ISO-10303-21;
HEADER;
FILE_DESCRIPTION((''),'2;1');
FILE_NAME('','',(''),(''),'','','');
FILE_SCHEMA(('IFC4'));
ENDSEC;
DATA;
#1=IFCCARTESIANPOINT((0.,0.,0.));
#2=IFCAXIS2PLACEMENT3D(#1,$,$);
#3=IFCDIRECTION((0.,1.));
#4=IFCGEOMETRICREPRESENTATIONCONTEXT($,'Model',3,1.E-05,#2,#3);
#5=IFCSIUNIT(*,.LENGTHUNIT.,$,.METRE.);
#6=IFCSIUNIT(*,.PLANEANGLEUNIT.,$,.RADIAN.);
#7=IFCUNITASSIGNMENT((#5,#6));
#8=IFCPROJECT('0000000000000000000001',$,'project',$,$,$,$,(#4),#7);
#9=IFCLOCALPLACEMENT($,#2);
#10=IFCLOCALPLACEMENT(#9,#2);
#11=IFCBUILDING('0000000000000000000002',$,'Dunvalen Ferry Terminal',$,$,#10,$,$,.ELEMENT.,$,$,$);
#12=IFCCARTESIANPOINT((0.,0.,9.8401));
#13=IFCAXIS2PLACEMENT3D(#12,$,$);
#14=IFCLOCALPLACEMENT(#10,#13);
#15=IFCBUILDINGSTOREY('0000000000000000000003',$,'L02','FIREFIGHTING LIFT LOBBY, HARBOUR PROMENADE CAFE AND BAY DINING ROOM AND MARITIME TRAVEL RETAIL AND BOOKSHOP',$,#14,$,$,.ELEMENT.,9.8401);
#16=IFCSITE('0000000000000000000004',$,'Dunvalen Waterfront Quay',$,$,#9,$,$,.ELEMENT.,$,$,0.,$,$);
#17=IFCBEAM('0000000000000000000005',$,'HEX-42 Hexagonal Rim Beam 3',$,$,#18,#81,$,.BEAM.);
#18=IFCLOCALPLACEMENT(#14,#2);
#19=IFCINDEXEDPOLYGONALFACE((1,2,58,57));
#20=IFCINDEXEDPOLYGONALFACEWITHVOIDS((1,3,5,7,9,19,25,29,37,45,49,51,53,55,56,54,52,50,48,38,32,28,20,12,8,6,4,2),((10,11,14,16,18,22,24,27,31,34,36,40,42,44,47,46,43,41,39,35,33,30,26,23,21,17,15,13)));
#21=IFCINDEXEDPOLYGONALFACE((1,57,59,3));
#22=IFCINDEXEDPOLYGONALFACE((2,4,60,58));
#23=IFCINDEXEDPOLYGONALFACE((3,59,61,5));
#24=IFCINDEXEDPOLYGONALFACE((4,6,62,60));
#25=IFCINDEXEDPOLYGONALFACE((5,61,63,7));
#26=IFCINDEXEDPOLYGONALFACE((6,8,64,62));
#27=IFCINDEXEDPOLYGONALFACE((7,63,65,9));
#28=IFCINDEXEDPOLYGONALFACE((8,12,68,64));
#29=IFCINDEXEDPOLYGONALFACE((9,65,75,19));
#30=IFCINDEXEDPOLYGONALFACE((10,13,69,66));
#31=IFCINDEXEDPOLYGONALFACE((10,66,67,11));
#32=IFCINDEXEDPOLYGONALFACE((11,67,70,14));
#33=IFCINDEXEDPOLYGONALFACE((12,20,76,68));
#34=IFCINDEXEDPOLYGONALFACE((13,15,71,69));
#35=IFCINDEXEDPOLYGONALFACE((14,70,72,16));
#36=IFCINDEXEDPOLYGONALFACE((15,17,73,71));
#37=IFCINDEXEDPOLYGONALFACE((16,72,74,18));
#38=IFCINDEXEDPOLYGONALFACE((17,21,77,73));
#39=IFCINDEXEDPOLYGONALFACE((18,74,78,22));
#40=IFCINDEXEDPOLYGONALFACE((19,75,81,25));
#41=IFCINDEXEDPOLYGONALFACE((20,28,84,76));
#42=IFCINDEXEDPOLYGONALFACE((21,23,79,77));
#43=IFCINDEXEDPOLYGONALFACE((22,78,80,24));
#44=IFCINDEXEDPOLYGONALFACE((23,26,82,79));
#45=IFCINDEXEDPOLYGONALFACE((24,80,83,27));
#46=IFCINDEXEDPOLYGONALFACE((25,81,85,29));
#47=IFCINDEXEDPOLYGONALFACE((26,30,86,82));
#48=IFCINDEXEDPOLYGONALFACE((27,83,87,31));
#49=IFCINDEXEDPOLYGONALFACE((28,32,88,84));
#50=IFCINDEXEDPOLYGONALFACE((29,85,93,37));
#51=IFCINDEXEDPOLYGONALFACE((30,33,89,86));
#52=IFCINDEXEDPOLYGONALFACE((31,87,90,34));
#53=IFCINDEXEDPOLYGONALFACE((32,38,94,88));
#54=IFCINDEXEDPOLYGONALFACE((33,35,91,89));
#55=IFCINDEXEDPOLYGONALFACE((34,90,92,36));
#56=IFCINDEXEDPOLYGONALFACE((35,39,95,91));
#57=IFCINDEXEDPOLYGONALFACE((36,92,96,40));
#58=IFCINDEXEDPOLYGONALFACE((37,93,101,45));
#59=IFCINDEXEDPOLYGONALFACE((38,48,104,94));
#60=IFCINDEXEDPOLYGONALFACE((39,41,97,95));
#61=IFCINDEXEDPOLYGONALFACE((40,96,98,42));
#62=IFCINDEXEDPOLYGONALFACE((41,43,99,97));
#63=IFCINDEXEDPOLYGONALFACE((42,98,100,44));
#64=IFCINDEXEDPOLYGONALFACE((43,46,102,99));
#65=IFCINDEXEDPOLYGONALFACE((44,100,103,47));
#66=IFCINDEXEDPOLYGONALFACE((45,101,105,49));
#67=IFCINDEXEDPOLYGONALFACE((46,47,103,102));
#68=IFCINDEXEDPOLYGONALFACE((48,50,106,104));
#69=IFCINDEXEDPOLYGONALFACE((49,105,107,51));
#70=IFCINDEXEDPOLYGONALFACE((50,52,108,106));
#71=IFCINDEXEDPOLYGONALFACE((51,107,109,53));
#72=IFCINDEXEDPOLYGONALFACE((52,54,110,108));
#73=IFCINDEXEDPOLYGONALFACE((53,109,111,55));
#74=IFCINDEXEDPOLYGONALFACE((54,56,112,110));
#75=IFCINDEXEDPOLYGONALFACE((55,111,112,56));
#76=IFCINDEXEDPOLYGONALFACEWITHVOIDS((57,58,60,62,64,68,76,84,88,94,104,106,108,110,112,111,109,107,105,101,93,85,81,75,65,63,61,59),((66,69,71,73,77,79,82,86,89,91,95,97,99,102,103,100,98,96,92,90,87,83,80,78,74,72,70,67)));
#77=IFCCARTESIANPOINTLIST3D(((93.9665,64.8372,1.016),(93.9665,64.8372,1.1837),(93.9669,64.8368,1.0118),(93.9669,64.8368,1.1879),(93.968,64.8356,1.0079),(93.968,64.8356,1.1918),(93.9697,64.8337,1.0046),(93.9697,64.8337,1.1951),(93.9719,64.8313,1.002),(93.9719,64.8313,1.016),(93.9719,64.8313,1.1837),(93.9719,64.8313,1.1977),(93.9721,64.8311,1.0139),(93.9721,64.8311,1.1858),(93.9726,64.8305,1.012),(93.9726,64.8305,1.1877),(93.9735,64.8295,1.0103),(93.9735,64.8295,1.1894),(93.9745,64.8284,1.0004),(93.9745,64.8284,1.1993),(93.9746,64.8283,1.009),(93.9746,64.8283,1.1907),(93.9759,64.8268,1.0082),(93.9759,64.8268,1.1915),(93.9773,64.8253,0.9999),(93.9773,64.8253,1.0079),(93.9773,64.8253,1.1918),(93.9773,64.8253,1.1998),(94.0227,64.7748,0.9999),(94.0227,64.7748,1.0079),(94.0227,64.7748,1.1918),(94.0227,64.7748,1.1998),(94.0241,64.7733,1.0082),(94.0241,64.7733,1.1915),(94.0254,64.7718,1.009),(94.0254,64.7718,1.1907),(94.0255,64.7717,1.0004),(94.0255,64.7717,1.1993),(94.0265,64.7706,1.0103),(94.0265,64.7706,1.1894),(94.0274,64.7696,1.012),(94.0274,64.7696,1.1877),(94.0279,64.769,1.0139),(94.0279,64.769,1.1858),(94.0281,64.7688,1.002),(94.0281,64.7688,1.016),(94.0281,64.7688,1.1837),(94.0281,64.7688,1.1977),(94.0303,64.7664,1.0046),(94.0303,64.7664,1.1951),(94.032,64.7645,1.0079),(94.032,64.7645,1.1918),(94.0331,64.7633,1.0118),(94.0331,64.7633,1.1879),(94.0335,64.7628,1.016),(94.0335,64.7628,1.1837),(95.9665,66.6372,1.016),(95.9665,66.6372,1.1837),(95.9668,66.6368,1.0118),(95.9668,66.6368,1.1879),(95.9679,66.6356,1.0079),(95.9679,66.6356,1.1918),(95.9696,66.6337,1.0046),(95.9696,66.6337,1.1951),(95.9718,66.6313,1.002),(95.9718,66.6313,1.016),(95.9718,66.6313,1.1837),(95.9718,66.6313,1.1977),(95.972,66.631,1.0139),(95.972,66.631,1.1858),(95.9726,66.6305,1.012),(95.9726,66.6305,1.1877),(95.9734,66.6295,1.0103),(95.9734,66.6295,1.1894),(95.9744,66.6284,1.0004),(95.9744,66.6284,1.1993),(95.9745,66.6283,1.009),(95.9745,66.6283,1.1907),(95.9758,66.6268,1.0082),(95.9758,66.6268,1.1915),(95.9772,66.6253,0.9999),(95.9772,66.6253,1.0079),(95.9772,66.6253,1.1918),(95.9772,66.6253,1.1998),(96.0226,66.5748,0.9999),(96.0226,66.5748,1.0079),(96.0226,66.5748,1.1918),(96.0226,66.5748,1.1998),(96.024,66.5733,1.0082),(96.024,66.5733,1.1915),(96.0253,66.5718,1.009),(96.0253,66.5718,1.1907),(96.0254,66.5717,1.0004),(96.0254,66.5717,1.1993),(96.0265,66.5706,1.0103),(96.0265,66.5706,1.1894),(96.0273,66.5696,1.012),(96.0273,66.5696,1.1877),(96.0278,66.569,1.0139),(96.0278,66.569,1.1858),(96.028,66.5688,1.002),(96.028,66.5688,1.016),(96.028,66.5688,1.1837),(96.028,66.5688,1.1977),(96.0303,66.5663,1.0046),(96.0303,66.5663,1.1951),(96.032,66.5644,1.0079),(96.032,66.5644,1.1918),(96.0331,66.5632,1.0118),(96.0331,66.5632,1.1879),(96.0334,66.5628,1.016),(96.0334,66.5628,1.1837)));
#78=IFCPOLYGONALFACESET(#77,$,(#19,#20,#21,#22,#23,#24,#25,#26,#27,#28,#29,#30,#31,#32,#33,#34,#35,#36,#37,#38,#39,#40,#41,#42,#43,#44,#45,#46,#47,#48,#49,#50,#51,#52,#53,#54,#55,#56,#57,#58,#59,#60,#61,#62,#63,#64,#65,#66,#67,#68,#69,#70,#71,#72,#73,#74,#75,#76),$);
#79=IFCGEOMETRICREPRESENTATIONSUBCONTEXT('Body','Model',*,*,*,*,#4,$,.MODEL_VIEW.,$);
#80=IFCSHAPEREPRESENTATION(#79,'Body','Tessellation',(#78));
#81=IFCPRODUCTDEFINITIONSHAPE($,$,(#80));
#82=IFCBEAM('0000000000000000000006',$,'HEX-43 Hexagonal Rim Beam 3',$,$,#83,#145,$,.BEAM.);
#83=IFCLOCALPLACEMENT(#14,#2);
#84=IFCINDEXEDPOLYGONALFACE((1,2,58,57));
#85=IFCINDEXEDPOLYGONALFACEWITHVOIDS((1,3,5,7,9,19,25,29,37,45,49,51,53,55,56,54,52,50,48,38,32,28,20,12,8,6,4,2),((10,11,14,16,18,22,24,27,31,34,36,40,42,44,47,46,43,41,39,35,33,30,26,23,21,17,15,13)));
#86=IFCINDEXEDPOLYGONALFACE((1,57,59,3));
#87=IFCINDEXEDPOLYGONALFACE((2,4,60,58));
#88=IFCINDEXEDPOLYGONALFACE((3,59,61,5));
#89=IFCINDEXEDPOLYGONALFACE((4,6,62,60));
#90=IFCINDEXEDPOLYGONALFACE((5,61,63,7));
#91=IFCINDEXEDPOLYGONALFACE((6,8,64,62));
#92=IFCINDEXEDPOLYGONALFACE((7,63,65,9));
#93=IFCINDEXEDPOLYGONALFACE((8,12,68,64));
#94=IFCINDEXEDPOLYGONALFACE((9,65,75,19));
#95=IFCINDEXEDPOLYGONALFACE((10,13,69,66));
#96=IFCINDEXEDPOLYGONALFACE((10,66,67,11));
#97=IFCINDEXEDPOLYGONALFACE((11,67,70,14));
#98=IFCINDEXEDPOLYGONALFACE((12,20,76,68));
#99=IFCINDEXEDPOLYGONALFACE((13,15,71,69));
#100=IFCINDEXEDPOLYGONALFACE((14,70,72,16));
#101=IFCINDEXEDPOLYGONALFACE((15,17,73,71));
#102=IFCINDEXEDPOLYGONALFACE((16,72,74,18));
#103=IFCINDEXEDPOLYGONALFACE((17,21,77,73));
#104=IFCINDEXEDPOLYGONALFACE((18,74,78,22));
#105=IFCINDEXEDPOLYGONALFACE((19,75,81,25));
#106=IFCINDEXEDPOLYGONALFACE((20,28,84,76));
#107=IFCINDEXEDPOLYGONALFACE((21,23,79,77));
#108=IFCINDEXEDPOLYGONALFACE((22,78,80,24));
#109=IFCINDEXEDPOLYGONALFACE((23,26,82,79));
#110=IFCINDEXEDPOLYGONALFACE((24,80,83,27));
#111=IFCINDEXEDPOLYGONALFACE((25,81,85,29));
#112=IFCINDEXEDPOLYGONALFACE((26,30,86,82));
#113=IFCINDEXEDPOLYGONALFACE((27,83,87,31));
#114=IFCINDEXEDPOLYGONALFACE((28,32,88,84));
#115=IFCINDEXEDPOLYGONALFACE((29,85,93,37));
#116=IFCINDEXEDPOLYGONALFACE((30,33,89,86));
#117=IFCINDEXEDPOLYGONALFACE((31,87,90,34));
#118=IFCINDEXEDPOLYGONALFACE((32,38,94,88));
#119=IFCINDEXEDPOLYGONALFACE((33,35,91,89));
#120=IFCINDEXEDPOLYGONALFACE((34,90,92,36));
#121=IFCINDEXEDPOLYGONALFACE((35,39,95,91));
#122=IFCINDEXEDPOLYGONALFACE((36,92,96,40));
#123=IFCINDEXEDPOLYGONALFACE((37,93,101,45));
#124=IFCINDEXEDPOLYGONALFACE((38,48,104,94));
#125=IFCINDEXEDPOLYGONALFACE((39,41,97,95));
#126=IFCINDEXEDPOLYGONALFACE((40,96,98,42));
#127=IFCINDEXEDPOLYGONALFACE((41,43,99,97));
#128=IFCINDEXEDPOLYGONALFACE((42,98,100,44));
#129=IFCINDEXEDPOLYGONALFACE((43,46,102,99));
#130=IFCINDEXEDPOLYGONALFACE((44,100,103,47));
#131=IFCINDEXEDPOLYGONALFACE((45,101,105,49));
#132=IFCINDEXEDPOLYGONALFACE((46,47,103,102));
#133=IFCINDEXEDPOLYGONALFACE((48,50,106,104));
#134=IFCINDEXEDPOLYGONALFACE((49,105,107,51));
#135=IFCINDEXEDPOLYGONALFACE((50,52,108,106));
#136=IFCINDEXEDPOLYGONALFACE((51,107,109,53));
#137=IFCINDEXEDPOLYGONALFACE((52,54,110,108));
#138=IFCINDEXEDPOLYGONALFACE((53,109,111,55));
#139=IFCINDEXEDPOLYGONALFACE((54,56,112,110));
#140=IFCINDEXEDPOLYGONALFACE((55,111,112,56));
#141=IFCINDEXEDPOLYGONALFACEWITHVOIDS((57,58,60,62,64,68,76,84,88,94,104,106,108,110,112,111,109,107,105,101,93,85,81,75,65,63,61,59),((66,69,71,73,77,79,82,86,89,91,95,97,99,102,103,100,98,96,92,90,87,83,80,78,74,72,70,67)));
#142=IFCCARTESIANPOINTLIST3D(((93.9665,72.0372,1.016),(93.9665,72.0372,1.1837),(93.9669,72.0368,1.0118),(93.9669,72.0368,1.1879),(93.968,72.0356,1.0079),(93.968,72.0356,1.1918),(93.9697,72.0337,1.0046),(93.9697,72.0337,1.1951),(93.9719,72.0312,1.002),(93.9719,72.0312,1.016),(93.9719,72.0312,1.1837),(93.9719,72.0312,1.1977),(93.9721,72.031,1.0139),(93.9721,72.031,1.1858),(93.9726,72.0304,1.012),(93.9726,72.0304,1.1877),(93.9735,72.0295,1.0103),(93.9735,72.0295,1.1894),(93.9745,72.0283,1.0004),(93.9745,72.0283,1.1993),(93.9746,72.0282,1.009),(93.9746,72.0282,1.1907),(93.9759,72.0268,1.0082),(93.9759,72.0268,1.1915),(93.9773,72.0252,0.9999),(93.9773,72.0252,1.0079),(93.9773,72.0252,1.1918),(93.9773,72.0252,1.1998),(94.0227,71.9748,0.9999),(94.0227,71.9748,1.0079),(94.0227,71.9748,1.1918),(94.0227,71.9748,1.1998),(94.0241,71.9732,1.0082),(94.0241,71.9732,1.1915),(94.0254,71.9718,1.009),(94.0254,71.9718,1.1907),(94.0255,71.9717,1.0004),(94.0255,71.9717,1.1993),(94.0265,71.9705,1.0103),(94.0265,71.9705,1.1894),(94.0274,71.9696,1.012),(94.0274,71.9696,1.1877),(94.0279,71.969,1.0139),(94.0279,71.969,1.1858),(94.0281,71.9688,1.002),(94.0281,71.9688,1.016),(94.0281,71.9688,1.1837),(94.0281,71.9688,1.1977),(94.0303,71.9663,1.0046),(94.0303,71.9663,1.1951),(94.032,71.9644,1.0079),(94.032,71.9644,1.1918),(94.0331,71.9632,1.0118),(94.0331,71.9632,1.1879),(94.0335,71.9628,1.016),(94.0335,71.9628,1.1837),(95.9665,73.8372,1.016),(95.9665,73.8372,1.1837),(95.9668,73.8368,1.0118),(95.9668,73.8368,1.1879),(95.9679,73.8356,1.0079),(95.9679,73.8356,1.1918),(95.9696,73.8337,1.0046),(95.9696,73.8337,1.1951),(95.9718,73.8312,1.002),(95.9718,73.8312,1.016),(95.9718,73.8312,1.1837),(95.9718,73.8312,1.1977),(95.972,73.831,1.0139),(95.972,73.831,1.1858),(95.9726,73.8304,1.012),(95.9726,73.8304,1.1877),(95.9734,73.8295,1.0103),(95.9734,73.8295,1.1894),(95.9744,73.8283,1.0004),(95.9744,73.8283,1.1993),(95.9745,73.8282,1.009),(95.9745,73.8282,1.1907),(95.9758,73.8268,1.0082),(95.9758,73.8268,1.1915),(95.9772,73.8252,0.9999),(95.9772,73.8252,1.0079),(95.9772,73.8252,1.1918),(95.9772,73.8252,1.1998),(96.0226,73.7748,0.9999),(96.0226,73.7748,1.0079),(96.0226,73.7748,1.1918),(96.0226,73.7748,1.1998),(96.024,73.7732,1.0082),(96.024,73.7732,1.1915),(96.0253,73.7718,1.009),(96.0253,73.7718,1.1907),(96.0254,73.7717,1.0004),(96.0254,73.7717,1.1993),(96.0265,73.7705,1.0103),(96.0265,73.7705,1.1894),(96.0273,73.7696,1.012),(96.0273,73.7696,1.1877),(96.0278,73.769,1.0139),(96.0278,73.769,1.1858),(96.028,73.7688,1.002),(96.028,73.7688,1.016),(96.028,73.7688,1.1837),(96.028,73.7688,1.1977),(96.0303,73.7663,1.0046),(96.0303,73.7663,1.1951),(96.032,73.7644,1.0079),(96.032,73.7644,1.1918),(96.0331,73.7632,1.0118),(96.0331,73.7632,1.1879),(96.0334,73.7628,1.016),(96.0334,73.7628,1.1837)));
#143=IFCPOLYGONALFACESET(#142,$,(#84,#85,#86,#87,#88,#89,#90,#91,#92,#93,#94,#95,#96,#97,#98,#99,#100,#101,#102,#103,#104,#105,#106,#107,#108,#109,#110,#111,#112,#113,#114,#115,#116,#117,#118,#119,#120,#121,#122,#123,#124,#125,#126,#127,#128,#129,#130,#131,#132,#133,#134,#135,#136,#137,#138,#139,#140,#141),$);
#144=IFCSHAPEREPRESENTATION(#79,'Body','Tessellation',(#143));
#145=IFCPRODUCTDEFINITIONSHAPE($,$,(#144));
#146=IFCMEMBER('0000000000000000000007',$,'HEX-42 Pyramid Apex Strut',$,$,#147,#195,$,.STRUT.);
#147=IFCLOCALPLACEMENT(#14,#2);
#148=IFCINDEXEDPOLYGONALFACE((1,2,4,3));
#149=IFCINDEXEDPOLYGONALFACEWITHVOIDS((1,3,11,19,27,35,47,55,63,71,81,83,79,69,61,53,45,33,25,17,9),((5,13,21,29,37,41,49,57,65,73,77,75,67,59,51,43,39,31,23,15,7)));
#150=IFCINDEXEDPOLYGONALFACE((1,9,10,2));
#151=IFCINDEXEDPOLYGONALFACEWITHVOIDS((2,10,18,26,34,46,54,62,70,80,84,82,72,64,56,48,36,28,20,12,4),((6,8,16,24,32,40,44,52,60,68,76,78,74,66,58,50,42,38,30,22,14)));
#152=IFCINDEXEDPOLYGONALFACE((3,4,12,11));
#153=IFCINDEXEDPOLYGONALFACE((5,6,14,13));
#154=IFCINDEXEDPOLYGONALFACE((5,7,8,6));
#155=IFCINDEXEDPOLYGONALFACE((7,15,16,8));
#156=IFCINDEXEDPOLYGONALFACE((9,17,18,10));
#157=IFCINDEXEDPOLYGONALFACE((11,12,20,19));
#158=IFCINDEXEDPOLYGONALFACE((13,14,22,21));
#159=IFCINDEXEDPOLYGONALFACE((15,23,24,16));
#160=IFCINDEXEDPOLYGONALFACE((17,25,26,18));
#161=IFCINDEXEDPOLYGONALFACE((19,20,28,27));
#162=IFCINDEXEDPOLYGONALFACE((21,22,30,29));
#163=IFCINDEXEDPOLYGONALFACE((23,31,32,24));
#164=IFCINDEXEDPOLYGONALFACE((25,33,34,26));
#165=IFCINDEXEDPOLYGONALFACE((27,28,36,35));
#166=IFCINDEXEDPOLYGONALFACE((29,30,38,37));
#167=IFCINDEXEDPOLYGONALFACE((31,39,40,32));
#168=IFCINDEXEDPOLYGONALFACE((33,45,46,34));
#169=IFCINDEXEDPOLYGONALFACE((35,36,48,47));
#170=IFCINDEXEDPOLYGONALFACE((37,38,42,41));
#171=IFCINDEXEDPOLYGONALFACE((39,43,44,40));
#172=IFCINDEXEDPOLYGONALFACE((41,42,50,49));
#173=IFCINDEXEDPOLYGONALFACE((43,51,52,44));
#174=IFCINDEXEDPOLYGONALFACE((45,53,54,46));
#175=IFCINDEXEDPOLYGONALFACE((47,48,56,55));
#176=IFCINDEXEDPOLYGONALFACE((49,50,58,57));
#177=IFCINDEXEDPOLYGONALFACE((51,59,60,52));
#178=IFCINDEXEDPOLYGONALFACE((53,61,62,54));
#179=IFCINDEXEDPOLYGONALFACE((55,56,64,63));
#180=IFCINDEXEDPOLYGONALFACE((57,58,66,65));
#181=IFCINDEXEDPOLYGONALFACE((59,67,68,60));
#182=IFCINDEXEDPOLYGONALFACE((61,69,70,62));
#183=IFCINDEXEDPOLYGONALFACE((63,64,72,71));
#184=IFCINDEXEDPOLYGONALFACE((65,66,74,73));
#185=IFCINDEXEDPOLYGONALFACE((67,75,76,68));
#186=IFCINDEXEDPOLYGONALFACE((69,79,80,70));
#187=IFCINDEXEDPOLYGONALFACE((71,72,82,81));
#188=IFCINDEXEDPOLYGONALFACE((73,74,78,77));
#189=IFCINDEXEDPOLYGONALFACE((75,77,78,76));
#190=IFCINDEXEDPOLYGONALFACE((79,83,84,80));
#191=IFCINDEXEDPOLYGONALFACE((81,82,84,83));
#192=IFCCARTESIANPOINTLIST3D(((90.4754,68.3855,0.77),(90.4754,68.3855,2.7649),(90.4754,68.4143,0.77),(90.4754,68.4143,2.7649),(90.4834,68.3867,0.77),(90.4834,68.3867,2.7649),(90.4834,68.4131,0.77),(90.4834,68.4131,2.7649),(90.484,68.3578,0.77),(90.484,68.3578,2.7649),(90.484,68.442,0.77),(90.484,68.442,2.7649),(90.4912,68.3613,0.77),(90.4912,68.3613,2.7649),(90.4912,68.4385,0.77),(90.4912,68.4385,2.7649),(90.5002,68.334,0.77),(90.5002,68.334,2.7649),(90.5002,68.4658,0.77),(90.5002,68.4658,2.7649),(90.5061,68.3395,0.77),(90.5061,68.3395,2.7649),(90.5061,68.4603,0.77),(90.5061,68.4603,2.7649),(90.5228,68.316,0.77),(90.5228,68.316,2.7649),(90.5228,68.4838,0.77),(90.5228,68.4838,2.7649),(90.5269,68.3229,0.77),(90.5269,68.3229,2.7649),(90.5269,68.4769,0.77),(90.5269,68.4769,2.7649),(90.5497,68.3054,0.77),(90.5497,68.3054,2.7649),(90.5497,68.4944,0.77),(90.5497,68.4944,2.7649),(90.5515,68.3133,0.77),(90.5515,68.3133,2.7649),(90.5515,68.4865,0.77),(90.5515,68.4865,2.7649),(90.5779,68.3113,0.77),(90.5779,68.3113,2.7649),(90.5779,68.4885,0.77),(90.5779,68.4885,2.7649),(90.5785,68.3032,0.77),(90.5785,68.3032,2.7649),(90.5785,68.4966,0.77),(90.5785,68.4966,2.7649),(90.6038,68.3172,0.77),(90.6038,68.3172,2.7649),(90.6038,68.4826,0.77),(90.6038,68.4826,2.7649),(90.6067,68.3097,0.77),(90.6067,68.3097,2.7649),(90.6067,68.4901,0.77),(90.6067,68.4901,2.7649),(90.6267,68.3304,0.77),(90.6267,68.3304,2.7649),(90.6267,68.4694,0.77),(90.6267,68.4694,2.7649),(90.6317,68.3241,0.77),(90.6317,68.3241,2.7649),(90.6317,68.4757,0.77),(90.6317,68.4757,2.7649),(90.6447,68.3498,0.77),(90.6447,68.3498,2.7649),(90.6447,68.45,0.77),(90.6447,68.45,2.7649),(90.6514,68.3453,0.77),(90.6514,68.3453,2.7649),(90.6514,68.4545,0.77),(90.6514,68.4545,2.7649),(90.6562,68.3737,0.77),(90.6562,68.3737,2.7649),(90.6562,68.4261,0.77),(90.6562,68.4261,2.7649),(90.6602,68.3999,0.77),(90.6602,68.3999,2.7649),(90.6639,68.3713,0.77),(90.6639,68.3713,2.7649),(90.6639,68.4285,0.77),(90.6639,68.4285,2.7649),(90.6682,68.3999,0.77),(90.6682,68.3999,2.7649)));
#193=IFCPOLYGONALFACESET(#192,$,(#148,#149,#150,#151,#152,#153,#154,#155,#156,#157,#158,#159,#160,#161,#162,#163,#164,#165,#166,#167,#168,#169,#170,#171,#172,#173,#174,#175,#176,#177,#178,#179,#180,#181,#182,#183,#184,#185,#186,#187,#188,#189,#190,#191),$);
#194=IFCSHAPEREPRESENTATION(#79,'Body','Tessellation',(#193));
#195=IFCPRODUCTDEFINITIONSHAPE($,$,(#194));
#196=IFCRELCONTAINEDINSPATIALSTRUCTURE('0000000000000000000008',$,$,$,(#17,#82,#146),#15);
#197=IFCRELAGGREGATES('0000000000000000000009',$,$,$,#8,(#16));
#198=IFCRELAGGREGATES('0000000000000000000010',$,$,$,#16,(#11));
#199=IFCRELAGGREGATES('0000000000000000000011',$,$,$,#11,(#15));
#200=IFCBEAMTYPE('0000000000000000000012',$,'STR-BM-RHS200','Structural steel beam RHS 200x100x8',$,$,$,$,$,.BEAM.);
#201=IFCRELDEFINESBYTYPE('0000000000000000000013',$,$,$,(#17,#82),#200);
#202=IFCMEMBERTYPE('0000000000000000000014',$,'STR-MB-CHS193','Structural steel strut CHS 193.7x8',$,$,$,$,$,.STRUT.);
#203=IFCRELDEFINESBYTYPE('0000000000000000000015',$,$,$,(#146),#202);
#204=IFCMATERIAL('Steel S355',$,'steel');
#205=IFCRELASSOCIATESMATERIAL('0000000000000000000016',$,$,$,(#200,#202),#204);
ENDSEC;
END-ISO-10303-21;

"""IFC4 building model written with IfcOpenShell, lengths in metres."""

from ifc_helpers import new_model, si_unit, direction, frame, origin, origin_2d, place, context, subcontext, project, spatial, hollow_rectangle, hollow_circle, extrude, material, material_profile, profile_set, type_object, element, save


model = new_model("IFC4")

# Units and contexts
model_context = context("Model", 3, precision=1e-05, world=origin(), true_north=direction((0.0, 1.0)))
body_context = subcontext(model_context, "Body", "Model", "MODEL_VIEW")
ifc_project = project(units=[si_unit("LENGTHUNIT", "METRE"), si_unit("PLANEANGLEUNIT", "RADIAN")], contexts=[model_context])

# Site, building, storey
site_placement = place(None, origin())
site = spatial("IfcSite", under=ifc_project, at=site_placement, Name="Dunvalen Waterfront Quay", CompositionType="ELEMENT", RefElevation=0.0)
building_placement = place(site_placement, origin())
building = spatial("IfcBuilding", under=site, at=building_placement, Name="Dunvalen Ferry Terminal", CompositionType="ELEMENT")
storey_placement = place(building_placement, frame((0.0, 0.0, 9.8401)))
storey = spatial("IfcBuildingStorey", under=building, at=storey_placement, Name="L02", Description="FIREFIGHTING LIFT LOBBY, HARBOUR PROMENADE CAFE AND BAY DINING ROOM AND MARITIME TRAVEL RETAIL AND BOOKSHOP", CompositionType="ELEMENT", Elevation=9.8401)

# Beams
ifc_material_1 = material(Name="Steel S355", Category="steel")
ifc_material_profile_1 = material_profile(ifc_material_1, hollow_rectangle(XDim=0.1001, YDim=0.2, WallThickness=0.0081, InnerFilletRadius=0.0081, OuterFilletRadius=0.0161, at=origin_2d()), Name="Steel S355")
ifc_profile_set_1 = profile_set([ifc_material_profile_1], Name="Steel S355")
beam_type = type_object("IfcBeamType", Name="STR-BM-RHS200", Description="Structural steel beam RHS 200x100x8", PredefinedType="BEAM", material=ifc_profile_set_1)
for number, where, z_axis, x_axis, name in (
    (1, (94.0, 64.8, 1.0999), (0.743285, 0.668975, 0.0), (-0.668975, 0.743285, 0.0), "HEX-42 Hexagonal Rim Beam 3"),
    (2, (94.0, 72.0, 1.0999), (0.743285, 0.668975, 0.0), (-0.668975, 0.743285, 0.0), "HEX-43 Hexagonal Rim Beam 3"),
):
    element("IfcBeam", number, at=place(storey_placement, frame(where, z_axis=z_axis, x_axis=x_axis)), inside=storey, type_object=beam_type, Name=name, PredefinedType="BEAM", context=body_context, shape_type="SweptSolid", body=[
        extrude(hollow_rectangle(XDim=0.1001, YDim=0.2, WallThickness=0.0081, InnerFilletRadius=0.0081, OuterFilletRadius=0.0161, at=origin_2d()), origin(), (0.0, 0.0, 1.0), 2.6907),
    ])

# Member
ifc_material_profile_2 = material_profile(ifc_material_1, hollow_circle(Radius=0.0969, WallThickness=0.0081, at=origin_2d()), Name="Steel S355")
ifc_profile_set_2 = profile_set([ifc_material_profile_2], Name="Steel S355")
member_type_1 = type_object("IfcMemberType", Name="STR-MB-CHS193", Description="Structural steel strut CHS 193.7x8", PredefinedType="STRUT", material=ifc_profile_set_2)
member_1_placement = place(storey_placement, frame((90.5713, 68.3999, 0.77), z_axis=(0.0, 0.0, 1.0), x_axis=(1.0, 0.0, 0.0)))
element("IfcMember", 3, at=member_1_placement, inside=storey, type_object=member_type_1, Name="HEX-42 Pyramid Apex Strut", PredefinedType="STRUT", context=body_context, shape_type="SweptSolid", body=[
    extrude(hollow_circle(Radius=0.0969, WallThickness=0.0081, at=origin_2d()), origin(), (0.0, 0.0, 1.0), 1.9949),
])

save(model, "model.ifc")
